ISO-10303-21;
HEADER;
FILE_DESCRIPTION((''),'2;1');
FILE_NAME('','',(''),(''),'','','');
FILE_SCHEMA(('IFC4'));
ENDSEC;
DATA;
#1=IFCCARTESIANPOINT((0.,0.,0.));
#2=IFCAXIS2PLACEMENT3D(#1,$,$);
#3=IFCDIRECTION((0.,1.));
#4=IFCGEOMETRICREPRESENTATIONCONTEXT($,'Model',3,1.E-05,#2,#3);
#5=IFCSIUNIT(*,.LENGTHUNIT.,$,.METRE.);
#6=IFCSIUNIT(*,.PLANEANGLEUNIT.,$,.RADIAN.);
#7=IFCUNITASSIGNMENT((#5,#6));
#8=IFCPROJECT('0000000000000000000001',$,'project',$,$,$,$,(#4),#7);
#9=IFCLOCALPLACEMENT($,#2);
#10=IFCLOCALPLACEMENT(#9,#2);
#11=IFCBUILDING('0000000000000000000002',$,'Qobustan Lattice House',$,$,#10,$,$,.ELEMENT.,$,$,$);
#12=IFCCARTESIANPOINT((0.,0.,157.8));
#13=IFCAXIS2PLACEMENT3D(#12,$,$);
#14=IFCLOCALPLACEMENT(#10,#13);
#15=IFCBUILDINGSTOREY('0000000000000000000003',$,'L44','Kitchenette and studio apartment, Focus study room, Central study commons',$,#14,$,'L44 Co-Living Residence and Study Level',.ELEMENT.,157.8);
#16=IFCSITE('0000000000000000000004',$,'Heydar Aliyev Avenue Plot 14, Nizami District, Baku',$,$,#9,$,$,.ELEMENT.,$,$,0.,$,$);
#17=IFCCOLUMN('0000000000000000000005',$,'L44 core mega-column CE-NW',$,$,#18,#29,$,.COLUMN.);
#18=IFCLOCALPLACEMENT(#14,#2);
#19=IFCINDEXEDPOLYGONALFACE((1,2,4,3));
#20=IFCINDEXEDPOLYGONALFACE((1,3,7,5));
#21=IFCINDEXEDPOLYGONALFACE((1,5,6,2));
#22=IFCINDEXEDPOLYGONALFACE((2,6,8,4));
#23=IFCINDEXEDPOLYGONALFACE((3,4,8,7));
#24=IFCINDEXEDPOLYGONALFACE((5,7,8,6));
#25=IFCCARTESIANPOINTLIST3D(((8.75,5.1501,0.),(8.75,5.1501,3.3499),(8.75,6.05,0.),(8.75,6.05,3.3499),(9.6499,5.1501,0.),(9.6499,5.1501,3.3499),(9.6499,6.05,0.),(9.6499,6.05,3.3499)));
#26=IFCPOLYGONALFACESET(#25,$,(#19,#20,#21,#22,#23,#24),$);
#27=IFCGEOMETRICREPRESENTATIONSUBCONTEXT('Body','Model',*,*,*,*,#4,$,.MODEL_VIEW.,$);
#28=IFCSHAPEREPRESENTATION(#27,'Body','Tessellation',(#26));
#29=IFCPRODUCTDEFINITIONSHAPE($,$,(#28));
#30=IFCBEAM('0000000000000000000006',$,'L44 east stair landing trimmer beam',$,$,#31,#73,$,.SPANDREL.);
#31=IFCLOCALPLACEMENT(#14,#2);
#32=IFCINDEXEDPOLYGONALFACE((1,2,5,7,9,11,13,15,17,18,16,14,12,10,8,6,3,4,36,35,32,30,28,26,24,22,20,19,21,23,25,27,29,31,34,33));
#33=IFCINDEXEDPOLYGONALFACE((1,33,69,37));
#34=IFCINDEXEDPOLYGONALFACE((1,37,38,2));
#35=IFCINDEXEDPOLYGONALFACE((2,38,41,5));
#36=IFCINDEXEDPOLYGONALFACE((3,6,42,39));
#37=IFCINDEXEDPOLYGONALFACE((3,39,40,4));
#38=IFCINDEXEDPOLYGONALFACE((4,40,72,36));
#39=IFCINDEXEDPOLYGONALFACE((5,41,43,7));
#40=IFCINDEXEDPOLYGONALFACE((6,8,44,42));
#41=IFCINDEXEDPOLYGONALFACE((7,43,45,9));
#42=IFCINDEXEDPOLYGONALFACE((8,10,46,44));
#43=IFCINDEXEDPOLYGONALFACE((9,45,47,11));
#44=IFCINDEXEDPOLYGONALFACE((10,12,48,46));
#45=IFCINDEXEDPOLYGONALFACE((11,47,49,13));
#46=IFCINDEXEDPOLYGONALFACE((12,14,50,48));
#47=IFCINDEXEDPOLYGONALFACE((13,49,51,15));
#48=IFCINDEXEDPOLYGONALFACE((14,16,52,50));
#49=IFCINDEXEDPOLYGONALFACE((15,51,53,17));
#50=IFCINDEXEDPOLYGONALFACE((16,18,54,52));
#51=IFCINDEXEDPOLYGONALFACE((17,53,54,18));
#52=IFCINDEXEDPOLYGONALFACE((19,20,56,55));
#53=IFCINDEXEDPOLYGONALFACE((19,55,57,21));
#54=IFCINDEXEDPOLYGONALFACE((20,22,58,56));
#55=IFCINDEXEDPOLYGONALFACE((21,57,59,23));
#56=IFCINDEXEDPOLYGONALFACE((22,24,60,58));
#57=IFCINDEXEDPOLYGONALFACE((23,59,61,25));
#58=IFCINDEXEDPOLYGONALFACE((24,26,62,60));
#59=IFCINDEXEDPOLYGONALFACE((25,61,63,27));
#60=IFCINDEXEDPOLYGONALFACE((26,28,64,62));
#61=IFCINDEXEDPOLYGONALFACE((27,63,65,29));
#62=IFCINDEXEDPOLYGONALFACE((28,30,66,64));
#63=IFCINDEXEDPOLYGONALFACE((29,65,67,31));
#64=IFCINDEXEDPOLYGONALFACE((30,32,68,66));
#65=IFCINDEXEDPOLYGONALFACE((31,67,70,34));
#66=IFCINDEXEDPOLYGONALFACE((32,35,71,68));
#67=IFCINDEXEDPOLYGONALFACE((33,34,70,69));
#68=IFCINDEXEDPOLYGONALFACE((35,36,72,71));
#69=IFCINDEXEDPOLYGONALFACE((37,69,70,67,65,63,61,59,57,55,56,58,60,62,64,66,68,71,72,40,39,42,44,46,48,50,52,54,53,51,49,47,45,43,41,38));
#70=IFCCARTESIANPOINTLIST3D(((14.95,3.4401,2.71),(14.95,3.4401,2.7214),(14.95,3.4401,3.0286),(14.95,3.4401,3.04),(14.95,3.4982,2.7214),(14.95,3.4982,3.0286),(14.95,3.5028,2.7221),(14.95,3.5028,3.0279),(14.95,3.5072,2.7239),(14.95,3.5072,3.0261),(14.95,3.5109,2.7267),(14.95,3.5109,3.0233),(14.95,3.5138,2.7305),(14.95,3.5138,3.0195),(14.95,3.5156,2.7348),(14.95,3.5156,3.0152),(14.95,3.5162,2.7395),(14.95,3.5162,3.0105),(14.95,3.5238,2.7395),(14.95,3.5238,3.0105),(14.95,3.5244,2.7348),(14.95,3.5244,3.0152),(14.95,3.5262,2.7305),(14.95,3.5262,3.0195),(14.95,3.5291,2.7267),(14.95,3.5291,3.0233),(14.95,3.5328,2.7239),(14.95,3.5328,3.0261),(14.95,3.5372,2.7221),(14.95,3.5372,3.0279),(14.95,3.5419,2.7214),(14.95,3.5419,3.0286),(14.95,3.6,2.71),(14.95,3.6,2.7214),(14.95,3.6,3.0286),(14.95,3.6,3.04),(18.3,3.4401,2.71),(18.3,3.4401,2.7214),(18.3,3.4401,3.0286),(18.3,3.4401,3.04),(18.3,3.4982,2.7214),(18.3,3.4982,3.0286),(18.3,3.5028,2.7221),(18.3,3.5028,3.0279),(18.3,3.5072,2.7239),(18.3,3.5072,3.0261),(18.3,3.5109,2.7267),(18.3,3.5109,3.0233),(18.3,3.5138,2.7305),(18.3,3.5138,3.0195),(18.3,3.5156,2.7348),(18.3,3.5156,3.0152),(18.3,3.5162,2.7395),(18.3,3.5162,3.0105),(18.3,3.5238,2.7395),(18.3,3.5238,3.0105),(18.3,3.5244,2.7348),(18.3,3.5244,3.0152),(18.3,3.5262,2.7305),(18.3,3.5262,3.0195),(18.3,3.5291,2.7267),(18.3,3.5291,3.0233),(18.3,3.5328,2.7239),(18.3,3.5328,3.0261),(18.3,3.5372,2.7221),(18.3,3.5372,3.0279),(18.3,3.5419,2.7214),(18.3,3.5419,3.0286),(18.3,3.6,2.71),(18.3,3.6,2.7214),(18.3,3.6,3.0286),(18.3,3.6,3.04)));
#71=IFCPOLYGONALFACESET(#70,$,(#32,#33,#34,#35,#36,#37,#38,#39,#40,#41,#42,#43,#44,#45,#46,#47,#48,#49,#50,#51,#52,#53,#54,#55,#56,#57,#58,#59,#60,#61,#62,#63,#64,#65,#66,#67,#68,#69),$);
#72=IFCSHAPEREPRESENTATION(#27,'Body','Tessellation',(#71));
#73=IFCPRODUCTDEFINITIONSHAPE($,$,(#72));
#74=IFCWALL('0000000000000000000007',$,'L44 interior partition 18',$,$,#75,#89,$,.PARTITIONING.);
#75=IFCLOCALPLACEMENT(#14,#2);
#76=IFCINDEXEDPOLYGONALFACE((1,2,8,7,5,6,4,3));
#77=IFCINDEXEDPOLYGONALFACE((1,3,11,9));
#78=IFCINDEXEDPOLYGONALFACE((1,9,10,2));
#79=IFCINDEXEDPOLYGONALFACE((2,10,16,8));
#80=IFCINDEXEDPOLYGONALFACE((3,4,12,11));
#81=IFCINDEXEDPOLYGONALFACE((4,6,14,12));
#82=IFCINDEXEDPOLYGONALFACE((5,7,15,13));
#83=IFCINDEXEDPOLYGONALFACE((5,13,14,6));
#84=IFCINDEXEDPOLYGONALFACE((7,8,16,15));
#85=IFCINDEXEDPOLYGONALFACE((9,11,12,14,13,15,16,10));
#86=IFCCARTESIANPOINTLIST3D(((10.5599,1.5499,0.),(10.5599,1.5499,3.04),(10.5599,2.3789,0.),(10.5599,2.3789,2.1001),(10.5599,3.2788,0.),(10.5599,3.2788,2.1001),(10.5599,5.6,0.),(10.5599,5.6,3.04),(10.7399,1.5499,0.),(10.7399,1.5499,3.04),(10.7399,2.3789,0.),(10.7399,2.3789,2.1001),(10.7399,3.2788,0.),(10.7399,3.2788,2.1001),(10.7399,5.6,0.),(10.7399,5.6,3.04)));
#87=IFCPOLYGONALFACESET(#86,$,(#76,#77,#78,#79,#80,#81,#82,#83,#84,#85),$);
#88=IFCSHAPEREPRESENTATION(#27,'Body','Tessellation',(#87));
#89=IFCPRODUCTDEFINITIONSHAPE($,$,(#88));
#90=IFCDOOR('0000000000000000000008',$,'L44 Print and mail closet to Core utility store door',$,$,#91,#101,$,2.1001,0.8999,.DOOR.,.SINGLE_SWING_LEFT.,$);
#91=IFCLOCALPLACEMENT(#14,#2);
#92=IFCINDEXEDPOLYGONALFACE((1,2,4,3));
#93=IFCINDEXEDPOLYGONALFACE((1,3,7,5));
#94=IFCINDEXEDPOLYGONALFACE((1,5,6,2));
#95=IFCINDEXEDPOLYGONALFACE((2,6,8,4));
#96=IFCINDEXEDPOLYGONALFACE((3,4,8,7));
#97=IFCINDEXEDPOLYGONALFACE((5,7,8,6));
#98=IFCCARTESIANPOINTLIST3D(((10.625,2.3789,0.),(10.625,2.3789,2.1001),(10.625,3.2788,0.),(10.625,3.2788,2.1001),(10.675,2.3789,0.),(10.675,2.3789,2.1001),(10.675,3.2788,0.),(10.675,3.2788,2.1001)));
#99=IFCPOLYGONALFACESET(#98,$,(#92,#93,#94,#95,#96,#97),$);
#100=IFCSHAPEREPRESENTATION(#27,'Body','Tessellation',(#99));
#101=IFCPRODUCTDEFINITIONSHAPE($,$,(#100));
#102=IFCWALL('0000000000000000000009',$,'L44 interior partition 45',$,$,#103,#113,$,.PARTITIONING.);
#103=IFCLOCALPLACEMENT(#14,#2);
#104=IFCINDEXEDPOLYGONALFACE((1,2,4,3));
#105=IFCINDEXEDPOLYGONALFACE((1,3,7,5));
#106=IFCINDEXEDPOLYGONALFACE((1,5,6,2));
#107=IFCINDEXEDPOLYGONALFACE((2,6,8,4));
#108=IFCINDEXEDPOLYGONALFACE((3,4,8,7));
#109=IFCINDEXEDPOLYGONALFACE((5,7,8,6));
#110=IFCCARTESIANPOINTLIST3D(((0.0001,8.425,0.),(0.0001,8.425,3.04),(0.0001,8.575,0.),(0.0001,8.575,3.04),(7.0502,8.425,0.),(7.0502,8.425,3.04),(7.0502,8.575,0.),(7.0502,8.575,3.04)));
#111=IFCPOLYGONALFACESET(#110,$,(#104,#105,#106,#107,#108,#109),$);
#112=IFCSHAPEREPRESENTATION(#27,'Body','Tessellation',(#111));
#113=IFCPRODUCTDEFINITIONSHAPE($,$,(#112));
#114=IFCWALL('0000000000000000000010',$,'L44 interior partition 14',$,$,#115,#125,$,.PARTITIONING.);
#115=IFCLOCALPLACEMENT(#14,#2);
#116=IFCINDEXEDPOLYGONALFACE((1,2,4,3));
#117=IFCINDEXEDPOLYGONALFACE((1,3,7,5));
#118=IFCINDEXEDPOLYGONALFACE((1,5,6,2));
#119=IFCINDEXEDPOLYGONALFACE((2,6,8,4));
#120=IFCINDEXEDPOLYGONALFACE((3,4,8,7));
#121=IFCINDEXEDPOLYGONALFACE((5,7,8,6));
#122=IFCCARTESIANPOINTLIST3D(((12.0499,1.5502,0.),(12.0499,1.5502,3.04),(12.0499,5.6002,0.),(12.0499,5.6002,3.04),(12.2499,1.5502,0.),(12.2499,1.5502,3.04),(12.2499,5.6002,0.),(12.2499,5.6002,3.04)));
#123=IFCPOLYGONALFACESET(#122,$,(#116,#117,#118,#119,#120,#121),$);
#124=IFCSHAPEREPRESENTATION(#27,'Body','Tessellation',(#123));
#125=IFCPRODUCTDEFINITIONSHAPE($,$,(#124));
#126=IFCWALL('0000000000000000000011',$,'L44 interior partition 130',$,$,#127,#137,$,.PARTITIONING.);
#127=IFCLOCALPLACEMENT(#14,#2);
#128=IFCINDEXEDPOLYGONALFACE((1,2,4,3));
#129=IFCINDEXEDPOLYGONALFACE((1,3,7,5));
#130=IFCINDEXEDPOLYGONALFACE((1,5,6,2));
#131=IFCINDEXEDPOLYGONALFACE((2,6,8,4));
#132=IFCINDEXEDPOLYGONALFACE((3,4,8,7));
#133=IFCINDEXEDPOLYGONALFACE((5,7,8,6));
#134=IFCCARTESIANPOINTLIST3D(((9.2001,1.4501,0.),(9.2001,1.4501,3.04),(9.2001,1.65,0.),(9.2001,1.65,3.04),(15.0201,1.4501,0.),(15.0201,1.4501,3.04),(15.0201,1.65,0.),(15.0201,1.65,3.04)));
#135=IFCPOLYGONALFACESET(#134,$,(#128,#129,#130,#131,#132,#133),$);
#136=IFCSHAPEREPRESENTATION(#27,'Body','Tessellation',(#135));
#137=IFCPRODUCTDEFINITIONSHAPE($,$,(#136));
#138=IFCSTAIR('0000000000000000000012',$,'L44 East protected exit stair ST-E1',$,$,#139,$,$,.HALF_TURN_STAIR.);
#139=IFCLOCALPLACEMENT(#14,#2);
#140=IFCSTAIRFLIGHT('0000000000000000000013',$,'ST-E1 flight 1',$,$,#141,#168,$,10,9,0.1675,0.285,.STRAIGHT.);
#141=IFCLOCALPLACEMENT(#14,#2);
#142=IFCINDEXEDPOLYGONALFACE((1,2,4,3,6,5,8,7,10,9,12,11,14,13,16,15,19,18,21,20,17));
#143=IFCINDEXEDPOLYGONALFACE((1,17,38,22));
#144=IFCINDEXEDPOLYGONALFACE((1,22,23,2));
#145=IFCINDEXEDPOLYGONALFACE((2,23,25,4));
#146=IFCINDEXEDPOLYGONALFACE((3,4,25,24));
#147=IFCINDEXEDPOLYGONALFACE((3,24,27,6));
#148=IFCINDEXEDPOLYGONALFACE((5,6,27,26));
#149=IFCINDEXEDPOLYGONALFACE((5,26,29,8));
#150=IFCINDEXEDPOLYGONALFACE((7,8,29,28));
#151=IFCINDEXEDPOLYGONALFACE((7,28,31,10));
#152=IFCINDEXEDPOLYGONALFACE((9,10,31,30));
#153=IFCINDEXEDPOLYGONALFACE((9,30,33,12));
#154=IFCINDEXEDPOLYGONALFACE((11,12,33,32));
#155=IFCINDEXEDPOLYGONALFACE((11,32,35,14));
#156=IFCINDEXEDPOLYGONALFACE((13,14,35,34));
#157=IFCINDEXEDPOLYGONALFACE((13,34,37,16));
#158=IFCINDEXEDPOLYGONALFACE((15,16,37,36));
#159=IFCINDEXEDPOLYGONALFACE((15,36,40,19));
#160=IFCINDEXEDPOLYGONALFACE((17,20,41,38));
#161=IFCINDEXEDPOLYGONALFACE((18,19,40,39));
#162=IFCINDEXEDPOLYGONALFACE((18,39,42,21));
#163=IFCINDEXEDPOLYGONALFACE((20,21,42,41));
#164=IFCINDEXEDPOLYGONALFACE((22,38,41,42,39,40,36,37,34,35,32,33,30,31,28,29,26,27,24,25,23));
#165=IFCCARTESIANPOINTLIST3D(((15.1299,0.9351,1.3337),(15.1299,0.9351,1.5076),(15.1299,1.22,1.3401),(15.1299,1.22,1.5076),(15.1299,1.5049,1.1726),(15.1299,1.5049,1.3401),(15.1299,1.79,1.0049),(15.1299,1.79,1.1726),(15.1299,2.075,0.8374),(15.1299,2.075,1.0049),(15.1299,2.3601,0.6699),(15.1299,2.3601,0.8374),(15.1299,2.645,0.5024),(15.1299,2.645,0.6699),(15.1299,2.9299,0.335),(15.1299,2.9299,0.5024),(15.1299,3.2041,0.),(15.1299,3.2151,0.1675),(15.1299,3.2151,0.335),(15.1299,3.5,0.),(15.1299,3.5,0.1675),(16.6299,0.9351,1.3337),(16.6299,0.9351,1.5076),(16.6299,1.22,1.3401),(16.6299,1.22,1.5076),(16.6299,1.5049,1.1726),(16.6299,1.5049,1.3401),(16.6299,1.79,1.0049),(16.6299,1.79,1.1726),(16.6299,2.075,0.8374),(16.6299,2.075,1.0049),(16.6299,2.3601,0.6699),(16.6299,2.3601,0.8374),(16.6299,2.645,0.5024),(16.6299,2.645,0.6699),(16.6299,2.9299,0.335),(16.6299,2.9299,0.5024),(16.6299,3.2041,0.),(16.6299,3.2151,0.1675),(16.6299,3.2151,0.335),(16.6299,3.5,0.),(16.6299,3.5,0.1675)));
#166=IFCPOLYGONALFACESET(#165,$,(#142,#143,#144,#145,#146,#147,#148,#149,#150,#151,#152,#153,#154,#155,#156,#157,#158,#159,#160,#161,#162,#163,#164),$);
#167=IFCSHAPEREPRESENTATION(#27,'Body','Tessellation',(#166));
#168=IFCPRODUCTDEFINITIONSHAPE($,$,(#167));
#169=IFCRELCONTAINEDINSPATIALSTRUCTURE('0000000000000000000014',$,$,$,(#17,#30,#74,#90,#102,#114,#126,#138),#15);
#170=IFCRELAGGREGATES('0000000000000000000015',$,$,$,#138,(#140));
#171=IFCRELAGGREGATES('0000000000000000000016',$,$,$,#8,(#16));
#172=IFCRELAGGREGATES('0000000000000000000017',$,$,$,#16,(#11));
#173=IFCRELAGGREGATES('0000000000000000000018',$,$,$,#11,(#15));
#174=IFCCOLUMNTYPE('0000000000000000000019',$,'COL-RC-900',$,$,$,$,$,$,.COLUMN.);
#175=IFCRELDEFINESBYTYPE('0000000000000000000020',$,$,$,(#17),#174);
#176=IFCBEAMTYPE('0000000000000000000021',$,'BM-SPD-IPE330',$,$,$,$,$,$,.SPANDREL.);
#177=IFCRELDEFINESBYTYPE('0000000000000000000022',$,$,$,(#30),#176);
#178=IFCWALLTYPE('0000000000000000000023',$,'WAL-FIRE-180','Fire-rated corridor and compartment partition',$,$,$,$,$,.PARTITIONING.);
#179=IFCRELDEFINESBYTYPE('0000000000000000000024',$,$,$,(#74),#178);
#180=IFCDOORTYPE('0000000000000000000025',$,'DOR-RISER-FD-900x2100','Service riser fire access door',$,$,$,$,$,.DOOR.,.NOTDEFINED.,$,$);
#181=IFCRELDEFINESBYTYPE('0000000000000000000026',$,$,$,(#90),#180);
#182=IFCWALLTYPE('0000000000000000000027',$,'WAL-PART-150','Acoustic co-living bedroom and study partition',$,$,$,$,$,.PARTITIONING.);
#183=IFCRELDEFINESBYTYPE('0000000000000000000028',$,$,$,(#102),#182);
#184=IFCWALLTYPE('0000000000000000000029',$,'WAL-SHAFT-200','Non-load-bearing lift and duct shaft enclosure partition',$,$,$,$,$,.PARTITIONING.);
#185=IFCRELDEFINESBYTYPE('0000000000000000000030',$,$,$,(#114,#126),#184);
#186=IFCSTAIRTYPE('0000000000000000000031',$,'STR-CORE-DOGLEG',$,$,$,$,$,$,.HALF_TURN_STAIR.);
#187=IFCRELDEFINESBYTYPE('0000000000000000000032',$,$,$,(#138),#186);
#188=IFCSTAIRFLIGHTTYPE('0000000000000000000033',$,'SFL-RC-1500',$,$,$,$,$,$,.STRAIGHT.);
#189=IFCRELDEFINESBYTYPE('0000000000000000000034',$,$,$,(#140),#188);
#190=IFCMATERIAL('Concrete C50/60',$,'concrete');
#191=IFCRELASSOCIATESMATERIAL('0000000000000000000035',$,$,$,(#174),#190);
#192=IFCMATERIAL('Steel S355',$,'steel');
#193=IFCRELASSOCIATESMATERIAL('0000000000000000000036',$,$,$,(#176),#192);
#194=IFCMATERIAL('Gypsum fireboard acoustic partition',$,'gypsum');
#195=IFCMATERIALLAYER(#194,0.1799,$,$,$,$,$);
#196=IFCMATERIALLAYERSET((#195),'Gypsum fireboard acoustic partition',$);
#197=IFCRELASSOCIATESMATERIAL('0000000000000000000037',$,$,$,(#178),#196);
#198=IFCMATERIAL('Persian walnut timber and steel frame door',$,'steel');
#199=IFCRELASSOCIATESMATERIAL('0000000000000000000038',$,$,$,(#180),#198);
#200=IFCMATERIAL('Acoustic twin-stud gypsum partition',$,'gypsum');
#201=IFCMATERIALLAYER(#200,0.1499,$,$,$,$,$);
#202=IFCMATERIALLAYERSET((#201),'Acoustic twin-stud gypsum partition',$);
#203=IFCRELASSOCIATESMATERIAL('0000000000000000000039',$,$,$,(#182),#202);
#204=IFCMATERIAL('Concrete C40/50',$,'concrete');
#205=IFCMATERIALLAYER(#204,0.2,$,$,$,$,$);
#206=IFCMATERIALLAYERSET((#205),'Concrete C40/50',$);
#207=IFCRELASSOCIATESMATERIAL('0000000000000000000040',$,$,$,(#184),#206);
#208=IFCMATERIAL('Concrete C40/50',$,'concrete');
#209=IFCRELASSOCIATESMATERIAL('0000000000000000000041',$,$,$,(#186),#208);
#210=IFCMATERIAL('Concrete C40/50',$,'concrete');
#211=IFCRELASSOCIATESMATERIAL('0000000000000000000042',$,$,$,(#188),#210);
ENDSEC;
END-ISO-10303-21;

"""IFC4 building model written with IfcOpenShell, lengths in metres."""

from ifc_helpers import new_model, si_unit, direction, frame, frame_2d, origin, origin_2d, place, context, subcontext, project, spatial, polyline, rectangle, i_section, outline, extrude, material, layer, layer_set, material_profile, profile_set, type_object, element, fill, aggregate, save


model = new_model("IFC4")

# Units and contexts
model_context = context("Model", 3, precision=1e-05, world=origin(), true_north=direction((0.0, 1.0)))
body_context = subcontext(model_context, "Body", "Model", "MODEL_VIEW")
ifc_project = project(units=[si_unit("LENGTHUNIT", "METRE"), si_unit("PLANEANGLEUNIT", "RADIAN")], contexts=[model_context])

# Site, building, storey
site_placement = place(None, origin())
site = spatial("IfcSite", under=ifc_project, at=site_placement, Name="Heydar Aliyev Avenue Plot 14, Nizami District, Baku", CompositionType="ELEMENT", RefElevation=0.0)
building_placement = place(site_placement, origin())
building = spatial("IfcBuilding", under=site, at=building_placement, Name="Qobustan Lattice House", CompositionType="ELEMENT")
storey_placement = place(building_placement, frame((0.0, 0.0, 157.8)))
storey = spatial("IfcBuildingStorey", under=building, at=storey_placement, Name="L44", Description="Kitchenette and studio apartment, Focus study room, Central study commons", LongName="L44 Co-Living Residence and Study Level", CompositionType="ELEMENT", Elevation=157.8)

# Column
ifc_material_1 = material(Name="Concrete C50/60", Category="concrete")
ifc_material_profile_1 = material_profile(ifc_material_1, rectangle(XDim=0.8999, YDim=0.8999, at=origin_2d()), Name="RC900x900")
ifc_profile_set_1 = profile_set([ifc_material_profile_1], Name="Concrete C50/60")
column_type = type_object("IfcColumnType", Name="COL-RC-900", PredefinedType="COLUMN", material=ifc_profile_set_1)
column_placement = place(storey_placement, frame((9.2, 5.6001, 0.0), z_axis=(0.0, 0.0, 1.0), x_axis=(1.0, 0.0, 0.0)))
element("IfcColumn", 1, at=column_placement, inside=storey, type_object=column_type, Name="L44 core mega-column CE-NW", PredefinedType="COLUMN", context=body_context, shape_type="SweptSolid", body=[
    extrude(rectangle(XDim=0.8999, YDim=0.8999, at=origin_2d()), origin(), (0.0, 0.0, 1.0), 3.3499),
])

# Beam
ifc_material_2 = material(Name="Steel S355", Category="steel")
ifc_material_profile_2 = material_profile(ifc_material_2, i_section(OverallWidth=0.1599, OverallDepth=0.3301, WebThickness=0.0076, FlangeThickness=0.0115, FilletRadius=0.0181, at=origin_2d()), Name="IPE330")
ifc_profile_set_2 = profile_set([ifc_material_profile_2], Name="Steel S355")
beam_type = type_object("IfcBeamType", Name="BM-SPD-IPE330", PredefinedType="SPANDREL", material=ifc_profile_set_2)
beam_placement = place(storey_placement, frame((14.95, 3.52, 2.875), z_axis=(1.0, 0.0, 0.0), x_axis=(0.0, 1.0, 0.0)))
element("IfcBeam", 2, at=beam_placement, inside=storey, type_object=beam_type, Name="L44 east stair landing trimmer beam", PredefinedType="SPANDREL", context=body_context, shape_type="SweptSolid", body=[
    extrude(i_section(OverallWidth=0.1599, OverallDepth=0.3301, WebThickness=0.0076, FlangeThickness=0.0115, FilletRadius=0.0181, at=origin_2d()), origin(), (0.0, 0.0, 1.0), 3.3501),
])

# Wall, opening, door
ifc_material_3 = material(Name="Gypsum fireboard acoustic partition", Category="gypsum")
ifc_layer_1 = layer(ifc_material_3, 0.1799)
ifc_layer_set_1 = layer_set([ifc_layer_1], Name="Gypsum fireboard acoustic partition")
wall_type_1 = type_object("IfcWallType", Name="WAL-FIRE-180", Description="Fire-rated corridor and compartment partition", PredefinedType="PARTITIONING", material=ifc_layer_set_1)
wall_1_placement = place(storey_placement, frame((10.6499, 1.55, 0.0), z_axis=(0.0, 0.0, 1.0), x_axis=(0.0, 1.0, 0.0)))
wall_1 = element("IfcWall", 3, at=wall_1_placement, inside=storey, type_object=wall_type_1, Name="L44 interior partition 18", PredefinedType="PARTITIONING", context=body_context, shape_type="SweptSolid", body=[
    extrude(rectangle(XDim=4.05, YDim=0.1799, at=frame_2d((2.0249, 0.0))), origin(), (0.0, 0.0, 1.0), 3.04),
])
opening_1_placement = place(wall_1_placement, frame((0.8289, 0.0, 0.0)))
opening_1 = element("IfcOpeningElement", 4, at=opening_1_placement, cuts=wall_1, PredefinedType="OPENING", context=body_context, shape_type="SweptSolid", body=[
    extrude(rectangle(XDim=0.8999, YDim=2.1001, at=frame_2d((0.45, 1.05))), frame((0.0, 0.0999, 0.0), z_axis=(0.0, -1.0, 0.0), x_axis=(1.0, 0.0, 0.0)), (0.0, 0.0, 1.0), 0.2),
])
ifc_material_4 = material(Name="Persian walnut timber and steel frame door", Category="steel")
door_type_1 = type_object("IfcDoorType", Name="DOR-RISER-FD-900x2100", Description="Service riser fire access door", OperationType="NOTDEFINED", PredefinedType="DOOR", material=ifc_material_4)
door_1_placement = place(opening_1_placement, origin())
door_1 = element("IfcDoor", 5, at=door_1_placement, inside=storey, type_object=door_type_1, Name="L44 Print and mail closet to Core utility store door", OperationType="SINGLE_SWING_LEFT", OverallHeight=2.1001, OverallWidth=0.8999, PredefinedType="DOOR", context=body_context, shape_type="SweptSolid", body=[
    extrude(rectangle(XDim=0.8999, YDim=2.1001, at=frame_2d((0.45, 1.05))), frame((0.0, 0.0249, 0.0), z_axis=(0.0, -1.0, 0.0), x_axis=(1.0, 0.0, 0.0)), (0.0, 0.0, 1.0), 0.05),
])
fill(opening_1, door_1)

# Walls
ifc_material_5 = material(Name="Acoustic twin-stud gypsum partition", Category="gypsum")
ifc_layer_2 = layer(ifc_material_5, 0.1499)
ifc_layer_set_2 = layer_set([ifc_layer_2], Name="Acoustic twin-stud gypsum partition")
wall_type_2 = type_object("IfcWallType", Name="WAL-PART-150", Description="Acoustic co-living bedroom and study partition", PredefinedType="PARTITIONING", material=ifc_layer_set_2)
wall_2_placement = place(storey_placement, frame((7.05, 8.5, 0.0), z_axis=(0.0, 0.0, 1.0), x_axis=(-1.0, 0.0, 0.0)))
element("IfcWall", 6, at=wall_2_placement, inside=storey, type_object=wall_type_2, Name="L44 interior partition 45", PredefinedType="PARTITIONING", context=body_context, shape_type="SweptSolid", body=[
    extrude(rectangle(XDim=7.05, YDim=0.1499, at=frame_2d((3.5249, 0.0))), origin(), (0.0, 0.0, 1.0), 3.04),
])
ifc_material_6 = material(Name="Concrete C40/50", Category="concrete")
ifc_layer_3 = layer(ifc_material_6, 0.2)
ifc_layer_set_3 = layer_set([ifc_layer_3], Name="Concrete C40/50")
wall_type_3 = type_object("IfcWallType", Name="WAL-SHAFT-200", Description="Non-load-bearing lift and duct shaft enclosure partition", PredefinedType="PARTITIONING", material=ifc_layer_set_3)
wall_3_placement = place(storey_placement, frame((12.1499, 5.6001, 0.0), z_axis=(0.0, 0.0, 1.0), x_axis=(0.0, -1.0, 0.0)))
element("IfcWall", 7, at=wall_3_placement, inside=storey, type_object=wall_type_3, Name="L44 interior partition 14", PredefinedType="PARTITIONING", context=body_context, shape_type="SweptSolid", body=[
    extrude(rectangle(XDim=4.05, YDim=0.2, at=frame_2d((2.0249, 0.0))), origin(), (0.0, 0.0, 1.0), 3.04),
])
wall_4_placement = place(storey_placement, frame((9.2, 1.55, 0.0), z_axis=(0.0, 0.0, 1.0), x_axis=(1.0, 0.0, 0.0)))
element("IfcWall", 8, at=wall_4_placement, inside=storey, type_object=wall_type_3, Name="L44 interior partition 130", PredefinedType="PARTITIONING", context=body_context, shape_type="SweptSolid", body=[
    extrude(rectangle(XDim=5.8201, YDim=0.2, at=frame_2d((2.9102, 0.0))), origin(), (0.0, 0.0, 1.0), 3.04),
])

# Stair, stair flight
ifc_material_7 = material(Name="Concrete C40/50", Category="concrete")
stair_type = type_object("IfcStairType", Name="STR-CORE-DOGLEG", PredefinedType="HALF_TURN_STAIR", material=ifc_material_7)
stair_placement = place(storey_placement, origin())
stair = element("IfcStair", 9, at=stair_placement, inside=storey, type_object=stair_type, Name="L44 East protected exit stair ST-E1", PredefinedType="HALF_TURN_STAIR")
ifc_material_8 = material(Name="Concrete C40/50", Category="concrete")
stair_flight_type = type_object("IfcStairFlightType", Name="SFL-RC-1500", PredefinedType="STRAIGHT", material=ifc_material_8)
stair_flight_1_placement = place(storey_placement, frame((15.8799, 3.5, 0.0), z_axis=(0.0, 0.0, 1.0), x_axis=(0.0, -1.0, 0.0)))
stair_flight_1 = element("IfcStairFlight", 10, at=stair_flight_1_placement, type_object=stair_flight_type, Name="ST-E1 flight 1", NumberOfRisers=10, NumberOfTreads=9, PredefinedType="STRAIGHT", RiserHeight=0.1675, TreadLength=0.285, context=body_context, shape_type="SweptSolid", body=[
    extrude(outline(polyline([(0.0, 0.0), (0.0, 0.1675), (0.2849, 0.1675), (0.2849, 0.335), (0.5701, 0.335), (0.5701, 0.5024), (0.855, 0.5024), (0.855, 0.6699), (1.1399, 0.6699), (1.1399, 0.8374), (1.425, 0.8374), (1.425, 1.0049), (1.71, 1.0049), (1.71, 1.1726), (1.9951, 1.1726), (1.9951, 1.3401), (2.28, 1.3401), (2.28, 1.5076), (2.5649, 1.5076), (2.5649, 1.675), (2.5649, 1.3337), (0.2959, 0.0), (0.0, 0.0)])), frame((0.0, 0.75, 0.0), z_axis=(0.0, -1.0, 0.0), x_axis=(1.0, 0.0, 0.0)), (0.0, 0.0, 1.0), 1.5),
])
aggregate(stair, [stair_flight_1])

save(model, "model.ifc")
